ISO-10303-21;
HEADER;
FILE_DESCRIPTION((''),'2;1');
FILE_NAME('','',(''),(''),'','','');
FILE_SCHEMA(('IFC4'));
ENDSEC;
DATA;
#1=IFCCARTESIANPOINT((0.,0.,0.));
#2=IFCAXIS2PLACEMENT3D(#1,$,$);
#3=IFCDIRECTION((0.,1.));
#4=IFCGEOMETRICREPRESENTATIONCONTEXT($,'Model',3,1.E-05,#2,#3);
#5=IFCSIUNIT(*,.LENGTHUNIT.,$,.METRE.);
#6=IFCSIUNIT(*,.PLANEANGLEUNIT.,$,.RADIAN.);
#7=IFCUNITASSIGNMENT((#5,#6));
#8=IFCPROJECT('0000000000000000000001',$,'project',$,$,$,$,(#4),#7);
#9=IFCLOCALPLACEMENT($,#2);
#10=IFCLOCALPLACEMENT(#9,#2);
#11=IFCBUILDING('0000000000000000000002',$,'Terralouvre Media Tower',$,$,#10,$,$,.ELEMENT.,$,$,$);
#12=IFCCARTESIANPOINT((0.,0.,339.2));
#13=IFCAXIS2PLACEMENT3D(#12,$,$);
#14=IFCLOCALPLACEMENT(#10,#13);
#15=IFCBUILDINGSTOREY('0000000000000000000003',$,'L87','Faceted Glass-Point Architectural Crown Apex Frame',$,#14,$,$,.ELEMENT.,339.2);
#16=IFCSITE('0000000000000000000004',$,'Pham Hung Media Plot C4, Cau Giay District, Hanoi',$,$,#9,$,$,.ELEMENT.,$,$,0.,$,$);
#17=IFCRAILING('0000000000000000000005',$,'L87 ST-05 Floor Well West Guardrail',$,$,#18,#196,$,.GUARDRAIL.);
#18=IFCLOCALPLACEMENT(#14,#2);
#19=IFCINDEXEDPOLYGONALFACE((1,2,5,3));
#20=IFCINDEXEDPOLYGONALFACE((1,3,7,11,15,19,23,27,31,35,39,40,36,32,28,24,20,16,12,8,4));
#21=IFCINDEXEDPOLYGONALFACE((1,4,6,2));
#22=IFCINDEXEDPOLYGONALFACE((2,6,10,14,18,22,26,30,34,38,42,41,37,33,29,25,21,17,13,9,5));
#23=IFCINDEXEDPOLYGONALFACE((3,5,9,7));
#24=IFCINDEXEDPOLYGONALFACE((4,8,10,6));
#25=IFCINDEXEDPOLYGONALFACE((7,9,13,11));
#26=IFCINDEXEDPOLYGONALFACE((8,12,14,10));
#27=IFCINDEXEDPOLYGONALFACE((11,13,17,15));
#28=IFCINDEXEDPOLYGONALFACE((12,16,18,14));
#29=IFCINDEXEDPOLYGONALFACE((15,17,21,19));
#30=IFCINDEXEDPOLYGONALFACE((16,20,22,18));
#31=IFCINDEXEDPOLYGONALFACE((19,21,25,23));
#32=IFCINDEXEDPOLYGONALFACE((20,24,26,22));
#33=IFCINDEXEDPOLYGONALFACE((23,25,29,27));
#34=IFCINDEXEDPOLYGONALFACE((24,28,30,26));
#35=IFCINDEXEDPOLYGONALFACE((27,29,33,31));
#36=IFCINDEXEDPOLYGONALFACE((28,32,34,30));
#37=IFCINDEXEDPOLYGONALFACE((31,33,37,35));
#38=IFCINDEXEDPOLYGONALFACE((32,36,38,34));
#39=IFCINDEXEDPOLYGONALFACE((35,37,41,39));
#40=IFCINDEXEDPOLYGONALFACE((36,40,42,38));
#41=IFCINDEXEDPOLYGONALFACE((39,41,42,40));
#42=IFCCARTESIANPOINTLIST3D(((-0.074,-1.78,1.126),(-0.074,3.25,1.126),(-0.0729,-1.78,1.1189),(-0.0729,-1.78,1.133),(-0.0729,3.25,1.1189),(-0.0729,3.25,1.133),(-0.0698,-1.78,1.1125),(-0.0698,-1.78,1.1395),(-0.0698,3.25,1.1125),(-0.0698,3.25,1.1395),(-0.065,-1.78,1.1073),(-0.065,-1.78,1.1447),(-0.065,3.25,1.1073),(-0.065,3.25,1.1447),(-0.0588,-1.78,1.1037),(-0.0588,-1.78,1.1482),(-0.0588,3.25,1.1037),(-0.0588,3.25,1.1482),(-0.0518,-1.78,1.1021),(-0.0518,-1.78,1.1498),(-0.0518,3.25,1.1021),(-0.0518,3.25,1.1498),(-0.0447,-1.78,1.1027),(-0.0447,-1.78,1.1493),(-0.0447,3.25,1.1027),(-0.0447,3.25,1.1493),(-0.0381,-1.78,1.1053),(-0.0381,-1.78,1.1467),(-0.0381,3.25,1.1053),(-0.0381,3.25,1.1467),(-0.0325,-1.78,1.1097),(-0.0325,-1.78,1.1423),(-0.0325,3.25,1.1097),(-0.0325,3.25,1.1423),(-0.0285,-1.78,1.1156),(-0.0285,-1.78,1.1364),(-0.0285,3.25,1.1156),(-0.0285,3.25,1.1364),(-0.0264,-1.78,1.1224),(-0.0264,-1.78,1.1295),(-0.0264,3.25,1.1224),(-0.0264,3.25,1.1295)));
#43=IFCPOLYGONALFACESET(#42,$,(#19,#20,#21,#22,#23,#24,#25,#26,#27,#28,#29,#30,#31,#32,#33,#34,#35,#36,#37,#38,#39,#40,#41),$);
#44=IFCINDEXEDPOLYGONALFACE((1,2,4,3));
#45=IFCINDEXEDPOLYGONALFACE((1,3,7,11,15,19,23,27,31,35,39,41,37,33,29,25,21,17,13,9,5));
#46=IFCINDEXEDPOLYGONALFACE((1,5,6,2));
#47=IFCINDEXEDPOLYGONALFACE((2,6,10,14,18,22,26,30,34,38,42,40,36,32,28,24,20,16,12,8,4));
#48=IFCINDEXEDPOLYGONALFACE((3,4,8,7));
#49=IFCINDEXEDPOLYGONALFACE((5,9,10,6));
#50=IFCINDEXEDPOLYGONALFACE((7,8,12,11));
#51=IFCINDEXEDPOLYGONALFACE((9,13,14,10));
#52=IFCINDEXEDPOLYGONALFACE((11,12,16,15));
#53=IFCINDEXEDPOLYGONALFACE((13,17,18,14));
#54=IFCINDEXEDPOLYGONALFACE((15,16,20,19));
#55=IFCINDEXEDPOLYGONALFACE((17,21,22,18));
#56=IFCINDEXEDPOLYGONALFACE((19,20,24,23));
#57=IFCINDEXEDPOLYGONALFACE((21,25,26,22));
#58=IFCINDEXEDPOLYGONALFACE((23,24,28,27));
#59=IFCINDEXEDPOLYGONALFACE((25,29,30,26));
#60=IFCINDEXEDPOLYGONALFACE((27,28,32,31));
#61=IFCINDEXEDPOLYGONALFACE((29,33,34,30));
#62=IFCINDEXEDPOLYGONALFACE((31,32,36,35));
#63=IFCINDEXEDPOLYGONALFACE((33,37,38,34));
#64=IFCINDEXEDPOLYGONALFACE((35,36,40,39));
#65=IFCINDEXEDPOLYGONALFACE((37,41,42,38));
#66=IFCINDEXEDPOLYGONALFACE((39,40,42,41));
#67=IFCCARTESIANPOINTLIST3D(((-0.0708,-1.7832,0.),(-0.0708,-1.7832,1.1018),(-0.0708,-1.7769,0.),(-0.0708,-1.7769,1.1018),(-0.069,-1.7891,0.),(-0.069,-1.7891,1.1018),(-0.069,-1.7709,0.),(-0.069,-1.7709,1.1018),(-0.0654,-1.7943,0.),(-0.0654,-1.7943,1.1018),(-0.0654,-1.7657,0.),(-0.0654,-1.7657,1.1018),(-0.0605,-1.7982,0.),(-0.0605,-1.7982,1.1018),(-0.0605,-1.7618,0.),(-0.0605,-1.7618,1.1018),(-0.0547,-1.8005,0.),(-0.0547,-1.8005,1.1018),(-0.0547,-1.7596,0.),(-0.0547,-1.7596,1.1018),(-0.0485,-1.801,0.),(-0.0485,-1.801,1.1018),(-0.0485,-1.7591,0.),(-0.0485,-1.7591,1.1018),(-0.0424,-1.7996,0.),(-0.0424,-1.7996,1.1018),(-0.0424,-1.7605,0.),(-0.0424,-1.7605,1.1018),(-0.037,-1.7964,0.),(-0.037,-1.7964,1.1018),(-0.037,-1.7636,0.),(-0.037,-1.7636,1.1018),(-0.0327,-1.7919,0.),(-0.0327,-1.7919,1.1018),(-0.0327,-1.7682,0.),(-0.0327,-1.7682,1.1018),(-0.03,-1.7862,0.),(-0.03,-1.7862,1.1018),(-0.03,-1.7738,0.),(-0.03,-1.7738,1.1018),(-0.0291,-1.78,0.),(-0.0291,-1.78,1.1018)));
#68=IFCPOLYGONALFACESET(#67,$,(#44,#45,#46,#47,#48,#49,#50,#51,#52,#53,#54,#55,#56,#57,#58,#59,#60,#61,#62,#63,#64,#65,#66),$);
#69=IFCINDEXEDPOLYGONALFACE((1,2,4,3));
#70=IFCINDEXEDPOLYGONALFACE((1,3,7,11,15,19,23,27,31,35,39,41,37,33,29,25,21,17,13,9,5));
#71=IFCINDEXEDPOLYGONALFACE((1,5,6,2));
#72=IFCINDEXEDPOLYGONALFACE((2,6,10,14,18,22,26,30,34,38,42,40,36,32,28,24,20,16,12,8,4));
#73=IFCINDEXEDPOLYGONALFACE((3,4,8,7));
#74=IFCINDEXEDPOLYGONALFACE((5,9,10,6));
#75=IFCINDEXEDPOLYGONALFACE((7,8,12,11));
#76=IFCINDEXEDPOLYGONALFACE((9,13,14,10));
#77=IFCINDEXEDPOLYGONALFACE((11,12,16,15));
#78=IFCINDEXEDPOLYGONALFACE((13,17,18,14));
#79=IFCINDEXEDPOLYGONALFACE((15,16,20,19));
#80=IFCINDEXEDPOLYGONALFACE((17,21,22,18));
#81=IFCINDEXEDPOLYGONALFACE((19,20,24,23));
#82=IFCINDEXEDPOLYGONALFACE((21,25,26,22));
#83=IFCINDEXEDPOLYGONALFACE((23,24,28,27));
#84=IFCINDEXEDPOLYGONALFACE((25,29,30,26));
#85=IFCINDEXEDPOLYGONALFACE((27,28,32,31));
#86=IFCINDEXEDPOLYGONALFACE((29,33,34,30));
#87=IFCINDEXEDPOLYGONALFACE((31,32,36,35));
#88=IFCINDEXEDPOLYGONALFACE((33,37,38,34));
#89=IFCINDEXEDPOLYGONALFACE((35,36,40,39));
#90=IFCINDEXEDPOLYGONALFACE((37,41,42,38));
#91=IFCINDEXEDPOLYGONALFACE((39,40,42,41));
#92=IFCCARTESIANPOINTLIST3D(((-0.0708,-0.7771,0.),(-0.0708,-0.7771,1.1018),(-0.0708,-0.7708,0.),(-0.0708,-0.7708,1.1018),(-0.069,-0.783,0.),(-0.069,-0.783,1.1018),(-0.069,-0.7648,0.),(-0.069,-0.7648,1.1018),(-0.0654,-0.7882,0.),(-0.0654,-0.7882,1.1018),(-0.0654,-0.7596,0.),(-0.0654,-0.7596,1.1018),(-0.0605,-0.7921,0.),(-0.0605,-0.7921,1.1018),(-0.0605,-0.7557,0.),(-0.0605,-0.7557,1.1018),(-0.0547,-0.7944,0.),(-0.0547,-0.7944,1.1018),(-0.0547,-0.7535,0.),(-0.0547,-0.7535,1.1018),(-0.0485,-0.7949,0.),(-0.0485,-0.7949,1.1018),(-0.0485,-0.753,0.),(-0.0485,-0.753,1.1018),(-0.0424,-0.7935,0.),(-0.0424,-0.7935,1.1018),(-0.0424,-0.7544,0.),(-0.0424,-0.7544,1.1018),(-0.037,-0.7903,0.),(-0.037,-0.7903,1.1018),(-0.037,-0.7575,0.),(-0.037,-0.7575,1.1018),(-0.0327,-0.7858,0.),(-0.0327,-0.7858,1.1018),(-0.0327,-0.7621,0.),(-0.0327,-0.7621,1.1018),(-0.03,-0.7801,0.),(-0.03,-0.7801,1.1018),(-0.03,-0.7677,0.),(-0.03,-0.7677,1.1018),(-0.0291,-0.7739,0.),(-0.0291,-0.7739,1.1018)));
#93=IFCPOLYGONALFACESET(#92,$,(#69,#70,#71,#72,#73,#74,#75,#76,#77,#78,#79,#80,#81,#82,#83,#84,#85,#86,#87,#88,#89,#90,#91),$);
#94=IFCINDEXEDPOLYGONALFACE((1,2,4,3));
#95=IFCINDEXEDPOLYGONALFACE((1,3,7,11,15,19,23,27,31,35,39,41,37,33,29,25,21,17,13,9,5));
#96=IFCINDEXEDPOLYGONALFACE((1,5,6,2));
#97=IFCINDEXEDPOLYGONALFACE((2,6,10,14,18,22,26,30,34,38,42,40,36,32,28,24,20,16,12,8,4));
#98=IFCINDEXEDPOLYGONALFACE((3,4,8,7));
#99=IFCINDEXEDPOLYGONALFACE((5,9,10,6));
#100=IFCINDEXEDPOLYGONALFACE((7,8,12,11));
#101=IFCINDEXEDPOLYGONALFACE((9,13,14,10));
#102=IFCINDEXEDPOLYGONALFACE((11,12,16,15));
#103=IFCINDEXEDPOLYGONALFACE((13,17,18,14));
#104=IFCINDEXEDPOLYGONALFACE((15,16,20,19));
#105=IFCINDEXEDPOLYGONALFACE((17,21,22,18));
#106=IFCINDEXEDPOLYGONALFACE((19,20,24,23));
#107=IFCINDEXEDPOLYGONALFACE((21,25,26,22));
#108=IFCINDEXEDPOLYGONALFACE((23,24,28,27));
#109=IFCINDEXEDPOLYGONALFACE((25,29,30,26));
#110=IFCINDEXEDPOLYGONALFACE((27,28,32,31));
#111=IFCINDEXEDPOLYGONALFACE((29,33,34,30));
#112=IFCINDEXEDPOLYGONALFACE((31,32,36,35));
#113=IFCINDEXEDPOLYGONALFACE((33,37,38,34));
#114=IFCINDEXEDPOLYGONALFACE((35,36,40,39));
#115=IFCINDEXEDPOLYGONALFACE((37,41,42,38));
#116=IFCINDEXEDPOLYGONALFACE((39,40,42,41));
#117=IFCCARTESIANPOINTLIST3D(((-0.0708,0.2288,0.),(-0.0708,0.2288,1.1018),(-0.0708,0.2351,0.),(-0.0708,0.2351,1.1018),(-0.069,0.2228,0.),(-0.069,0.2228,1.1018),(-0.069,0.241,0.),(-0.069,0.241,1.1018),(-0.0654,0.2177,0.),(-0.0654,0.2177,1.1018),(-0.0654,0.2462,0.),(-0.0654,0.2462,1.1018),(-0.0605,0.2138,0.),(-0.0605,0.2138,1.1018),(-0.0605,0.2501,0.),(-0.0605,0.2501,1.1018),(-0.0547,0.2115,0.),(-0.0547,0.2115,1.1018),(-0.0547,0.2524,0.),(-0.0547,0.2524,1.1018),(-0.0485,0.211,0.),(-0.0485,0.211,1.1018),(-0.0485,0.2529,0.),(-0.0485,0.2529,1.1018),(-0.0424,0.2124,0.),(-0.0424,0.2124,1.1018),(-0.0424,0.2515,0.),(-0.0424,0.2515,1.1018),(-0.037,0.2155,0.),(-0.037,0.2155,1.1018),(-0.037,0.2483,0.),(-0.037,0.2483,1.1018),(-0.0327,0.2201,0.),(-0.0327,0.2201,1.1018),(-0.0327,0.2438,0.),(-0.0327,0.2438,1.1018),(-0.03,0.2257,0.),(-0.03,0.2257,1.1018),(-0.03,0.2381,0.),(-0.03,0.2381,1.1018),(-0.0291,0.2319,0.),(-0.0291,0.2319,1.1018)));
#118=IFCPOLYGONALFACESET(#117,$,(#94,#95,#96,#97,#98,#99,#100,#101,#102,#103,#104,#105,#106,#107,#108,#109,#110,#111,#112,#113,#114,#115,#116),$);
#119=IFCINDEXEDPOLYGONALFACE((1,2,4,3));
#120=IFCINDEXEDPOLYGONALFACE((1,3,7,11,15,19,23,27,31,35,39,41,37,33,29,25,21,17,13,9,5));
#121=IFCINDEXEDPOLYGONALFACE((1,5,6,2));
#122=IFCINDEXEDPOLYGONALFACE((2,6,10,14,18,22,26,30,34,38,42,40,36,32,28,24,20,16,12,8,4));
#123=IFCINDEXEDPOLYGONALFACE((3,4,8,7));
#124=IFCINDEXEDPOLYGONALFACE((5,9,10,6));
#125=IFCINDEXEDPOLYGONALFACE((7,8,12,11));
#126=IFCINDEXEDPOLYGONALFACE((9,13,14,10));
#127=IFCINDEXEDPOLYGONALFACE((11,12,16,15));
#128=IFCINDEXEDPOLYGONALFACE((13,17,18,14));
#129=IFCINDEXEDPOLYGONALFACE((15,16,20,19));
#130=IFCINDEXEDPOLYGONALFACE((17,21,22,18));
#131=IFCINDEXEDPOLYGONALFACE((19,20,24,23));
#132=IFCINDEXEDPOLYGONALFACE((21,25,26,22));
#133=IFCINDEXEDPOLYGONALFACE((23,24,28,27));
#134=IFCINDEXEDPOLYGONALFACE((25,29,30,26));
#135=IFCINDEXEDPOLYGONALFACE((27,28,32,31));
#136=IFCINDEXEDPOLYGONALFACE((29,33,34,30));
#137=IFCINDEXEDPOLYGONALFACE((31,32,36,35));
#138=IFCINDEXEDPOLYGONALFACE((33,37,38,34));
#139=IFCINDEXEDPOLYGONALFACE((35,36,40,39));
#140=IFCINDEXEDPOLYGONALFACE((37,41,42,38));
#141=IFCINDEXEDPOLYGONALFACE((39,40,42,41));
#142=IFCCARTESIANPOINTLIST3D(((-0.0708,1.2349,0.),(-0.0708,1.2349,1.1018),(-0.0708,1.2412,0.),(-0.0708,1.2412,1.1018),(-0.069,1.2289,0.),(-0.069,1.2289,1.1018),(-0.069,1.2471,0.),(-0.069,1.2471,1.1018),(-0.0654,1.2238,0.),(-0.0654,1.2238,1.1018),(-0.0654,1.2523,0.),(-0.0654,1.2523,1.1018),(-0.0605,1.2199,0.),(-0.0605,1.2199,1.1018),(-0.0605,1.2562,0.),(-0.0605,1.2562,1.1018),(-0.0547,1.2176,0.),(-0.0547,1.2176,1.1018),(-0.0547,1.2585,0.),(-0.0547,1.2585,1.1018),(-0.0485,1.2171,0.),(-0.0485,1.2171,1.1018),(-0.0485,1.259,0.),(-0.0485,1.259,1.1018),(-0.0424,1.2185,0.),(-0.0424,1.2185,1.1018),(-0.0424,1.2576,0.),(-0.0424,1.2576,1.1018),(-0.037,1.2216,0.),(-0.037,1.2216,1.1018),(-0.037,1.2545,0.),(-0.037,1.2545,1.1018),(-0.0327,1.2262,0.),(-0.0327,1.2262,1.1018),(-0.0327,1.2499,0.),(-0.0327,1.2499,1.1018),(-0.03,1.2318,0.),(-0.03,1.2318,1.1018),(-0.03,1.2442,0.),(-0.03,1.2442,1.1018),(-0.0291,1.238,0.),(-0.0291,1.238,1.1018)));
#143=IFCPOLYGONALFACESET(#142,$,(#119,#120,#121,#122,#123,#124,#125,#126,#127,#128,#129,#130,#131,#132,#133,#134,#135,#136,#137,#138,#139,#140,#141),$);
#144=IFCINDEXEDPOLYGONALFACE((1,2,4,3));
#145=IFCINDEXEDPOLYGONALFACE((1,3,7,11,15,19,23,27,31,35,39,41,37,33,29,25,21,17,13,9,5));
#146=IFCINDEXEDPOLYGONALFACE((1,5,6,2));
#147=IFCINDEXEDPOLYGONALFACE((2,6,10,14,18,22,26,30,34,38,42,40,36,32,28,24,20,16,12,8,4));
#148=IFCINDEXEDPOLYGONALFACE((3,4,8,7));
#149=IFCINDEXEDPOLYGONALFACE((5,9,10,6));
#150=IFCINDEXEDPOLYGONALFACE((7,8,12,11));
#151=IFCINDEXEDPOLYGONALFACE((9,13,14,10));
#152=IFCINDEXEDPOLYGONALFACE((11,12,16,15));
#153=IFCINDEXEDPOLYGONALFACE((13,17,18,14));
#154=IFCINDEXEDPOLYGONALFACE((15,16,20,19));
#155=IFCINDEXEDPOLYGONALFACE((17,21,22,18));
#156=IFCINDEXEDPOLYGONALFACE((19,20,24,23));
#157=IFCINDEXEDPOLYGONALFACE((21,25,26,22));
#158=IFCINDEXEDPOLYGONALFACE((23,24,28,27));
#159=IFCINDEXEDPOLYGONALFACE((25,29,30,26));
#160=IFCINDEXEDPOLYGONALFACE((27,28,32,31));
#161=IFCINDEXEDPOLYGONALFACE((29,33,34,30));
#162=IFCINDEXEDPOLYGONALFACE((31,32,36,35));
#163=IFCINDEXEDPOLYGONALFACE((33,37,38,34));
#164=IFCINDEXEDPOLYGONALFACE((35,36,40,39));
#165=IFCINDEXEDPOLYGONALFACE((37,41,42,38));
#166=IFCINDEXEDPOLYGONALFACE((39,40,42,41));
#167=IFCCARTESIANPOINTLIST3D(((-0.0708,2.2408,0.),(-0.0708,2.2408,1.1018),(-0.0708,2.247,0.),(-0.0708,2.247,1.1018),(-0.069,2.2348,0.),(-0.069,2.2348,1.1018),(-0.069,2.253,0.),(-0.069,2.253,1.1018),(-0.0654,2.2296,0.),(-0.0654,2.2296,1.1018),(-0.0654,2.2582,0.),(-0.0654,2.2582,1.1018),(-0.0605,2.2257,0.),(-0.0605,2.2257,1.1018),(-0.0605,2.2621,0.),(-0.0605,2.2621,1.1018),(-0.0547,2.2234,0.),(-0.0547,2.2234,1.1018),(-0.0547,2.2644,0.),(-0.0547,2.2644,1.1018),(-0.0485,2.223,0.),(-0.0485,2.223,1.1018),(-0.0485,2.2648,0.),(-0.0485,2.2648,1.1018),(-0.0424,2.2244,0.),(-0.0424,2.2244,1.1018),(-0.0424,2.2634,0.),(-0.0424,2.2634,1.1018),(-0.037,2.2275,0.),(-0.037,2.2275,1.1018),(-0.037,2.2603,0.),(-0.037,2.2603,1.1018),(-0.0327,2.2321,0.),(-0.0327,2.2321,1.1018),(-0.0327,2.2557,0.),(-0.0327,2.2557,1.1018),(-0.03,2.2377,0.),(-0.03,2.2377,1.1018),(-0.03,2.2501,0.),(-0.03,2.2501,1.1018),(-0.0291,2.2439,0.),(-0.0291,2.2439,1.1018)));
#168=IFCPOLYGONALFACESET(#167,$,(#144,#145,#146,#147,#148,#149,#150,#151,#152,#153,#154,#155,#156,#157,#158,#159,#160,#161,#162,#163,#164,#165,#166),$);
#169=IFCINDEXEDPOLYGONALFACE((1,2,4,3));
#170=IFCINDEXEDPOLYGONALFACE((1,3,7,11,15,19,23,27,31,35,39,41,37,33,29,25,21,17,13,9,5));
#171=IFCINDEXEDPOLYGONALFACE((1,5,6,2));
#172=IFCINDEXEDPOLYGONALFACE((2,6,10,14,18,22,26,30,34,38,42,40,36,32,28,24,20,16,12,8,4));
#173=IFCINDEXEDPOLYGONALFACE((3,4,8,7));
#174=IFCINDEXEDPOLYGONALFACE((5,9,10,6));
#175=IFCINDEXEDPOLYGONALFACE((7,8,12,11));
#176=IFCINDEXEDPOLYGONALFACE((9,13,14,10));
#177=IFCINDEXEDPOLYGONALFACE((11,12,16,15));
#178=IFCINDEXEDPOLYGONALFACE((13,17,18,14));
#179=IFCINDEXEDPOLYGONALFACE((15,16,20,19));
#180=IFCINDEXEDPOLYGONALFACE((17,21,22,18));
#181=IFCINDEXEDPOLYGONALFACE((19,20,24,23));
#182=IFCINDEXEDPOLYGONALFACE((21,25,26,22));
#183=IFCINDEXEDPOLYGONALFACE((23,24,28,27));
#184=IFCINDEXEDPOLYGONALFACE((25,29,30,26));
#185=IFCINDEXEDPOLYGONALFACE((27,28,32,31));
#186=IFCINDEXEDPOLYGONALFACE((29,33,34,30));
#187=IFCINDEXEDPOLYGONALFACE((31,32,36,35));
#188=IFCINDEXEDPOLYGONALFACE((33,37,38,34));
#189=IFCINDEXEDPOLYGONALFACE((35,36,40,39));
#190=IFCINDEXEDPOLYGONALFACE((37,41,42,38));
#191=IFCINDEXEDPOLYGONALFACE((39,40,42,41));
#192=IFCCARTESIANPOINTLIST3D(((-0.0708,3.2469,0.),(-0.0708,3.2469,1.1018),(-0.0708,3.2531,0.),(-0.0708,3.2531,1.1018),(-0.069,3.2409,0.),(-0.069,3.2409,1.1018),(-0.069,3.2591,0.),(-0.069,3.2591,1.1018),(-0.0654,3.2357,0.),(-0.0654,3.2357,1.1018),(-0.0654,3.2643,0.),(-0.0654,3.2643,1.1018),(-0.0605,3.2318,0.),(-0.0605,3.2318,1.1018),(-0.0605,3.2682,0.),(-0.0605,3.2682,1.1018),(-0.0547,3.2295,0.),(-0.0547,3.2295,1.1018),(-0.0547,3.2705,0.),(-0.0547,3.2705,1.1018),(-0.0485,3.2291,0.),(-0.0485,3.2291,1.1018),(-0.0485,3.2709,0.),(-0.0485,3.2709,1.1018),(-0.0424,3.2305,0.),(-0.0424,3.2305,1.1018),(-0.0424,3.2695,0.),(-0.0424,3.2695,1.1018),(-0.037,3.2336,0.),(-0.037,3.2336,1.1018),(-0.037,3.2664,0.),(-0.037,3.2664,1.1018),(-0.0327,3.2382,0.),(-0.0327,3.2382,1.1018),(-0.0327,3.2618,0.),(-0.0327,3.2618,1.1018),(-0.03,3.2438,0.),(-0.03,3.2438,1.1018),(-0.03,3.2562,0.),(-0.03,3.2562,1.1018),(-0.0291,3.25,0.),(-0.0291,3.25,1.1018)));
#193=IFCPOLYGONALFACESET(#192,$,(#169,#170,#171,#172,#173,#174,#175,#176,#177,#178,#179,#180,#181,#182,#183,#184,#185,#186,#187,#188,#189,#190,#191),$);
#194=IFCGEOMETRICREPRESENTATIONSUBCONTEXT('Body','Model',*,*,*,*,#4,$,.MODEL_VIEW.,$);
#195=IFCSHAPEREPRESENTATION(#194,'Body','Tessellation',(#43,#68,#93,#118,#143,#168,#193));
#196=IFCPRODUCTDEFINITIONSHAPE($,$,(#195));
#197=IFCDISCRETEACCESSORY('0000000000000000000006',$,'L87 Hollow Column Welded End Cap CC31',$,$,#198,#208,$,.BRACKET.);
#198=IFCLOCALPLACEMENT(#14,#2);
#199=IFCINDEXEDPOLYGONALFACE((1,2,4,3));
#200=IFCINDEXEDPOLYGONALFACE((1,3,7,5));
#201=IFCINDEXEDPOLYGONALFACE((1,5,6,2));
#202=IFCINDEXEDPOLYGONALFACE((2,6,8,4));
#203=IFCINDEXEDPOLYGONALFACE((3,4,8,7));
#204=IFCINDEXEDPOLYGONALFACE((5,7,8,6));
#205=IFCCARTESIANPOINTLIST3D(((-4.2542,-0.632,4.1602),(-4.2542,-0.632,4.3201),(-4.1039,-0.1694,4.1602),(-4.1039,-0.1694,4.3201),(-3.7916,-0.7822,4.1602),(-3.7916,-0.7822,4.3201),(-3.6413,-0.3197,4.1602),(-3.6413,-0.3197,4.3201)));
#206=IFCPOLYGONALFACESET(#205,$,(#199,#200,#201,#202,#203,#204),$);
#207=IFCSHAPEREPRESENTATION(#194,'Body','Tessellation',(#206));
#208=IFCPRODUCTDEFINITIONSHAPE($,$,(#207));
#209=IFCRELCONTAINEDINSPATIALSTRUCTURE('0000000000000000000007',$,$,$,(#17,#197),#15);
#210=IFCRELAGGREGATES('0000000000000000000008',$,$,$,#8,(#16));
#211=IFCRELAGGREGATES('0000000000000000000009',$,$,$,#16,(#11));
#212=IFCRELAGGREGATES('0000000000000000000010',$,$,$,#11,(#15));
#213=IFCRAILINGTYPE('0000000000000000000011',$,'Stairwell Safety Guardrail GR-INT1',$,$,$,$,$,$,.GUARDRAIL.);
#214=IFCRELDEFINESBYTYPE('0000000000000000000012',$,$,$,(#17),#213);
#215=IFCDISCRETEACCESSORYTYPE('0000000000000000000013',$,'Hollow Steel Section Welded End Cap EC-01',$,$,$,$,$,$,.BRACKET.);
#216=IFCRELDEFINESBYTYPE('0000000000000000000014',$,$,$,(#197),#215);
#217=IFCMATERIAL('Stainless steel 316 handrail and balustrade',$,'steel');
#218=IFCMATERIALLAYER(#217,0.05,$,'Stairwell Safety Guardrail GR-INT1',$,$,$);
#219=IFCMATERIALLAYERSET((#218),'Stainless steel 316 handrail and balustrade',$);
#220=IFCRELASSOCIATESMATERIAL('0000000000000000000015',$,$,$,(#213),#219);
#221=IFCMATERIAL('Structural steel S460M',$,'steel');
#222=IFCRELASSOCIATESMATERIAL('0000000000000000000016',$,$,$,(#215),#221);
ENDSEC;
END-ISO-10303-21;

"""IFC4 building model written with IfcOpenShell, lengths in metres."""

from ifc_helpers import new_model, si_unit, direction, frame, origin, origin_2d, place, context, subcontext, project, spatial, rectangle, circle, extrude, material, layer, layer_set, type_object, element, save


model = new_model("IFC4")

# Units and contexts
model_context = context("Model", 3, precision=1e-05, world=origin(), true_north=direction((0.0, 1.0)))
body_context = subcontext(model_context, "Body", "Model", "MODEL_VIEW")
ifc_project = project(units=[si_unit("LENGTHUNIT", "METRE"), si_unit("PLANEANGLEUNIT", "RADIAN")], contexts=[model_context])

# Site, building, storey
site_placement = place(None, origin())
site = spatial("IfcSite", under=ifc_project, at=site_placement, Name="Pham Hung Media Plot C4, Cau Giay District, Hanoi", CompositionType="ELEMENT", RefElevation=0.0)
building_placement = place(site_placement, origin())
building = spatial("IfcBuilding", under=site, at=building_placement, Name="Terralouvre Media Tower", CompositionType="ELEMENT")
storey_placement = place(building_placement, frame((0.0, 0.0, 339.2)))
storey = spatial("IfcBuildingStorey", under=building, at=storey_placement, Name="L87", Description="Faceted Glass-Point Architectural Crown Apex Frame", CompositionType="ELEMENT", Elevation=339.2)

# Railing
ifc_material_1 = material(Name="Stainless steel 316 handrail and balustrade", Category="steel")
ifc_layer_1 = layer(ifc_material_1, 0.05, Name="Stairwell Safety Guardrail GR-INT1")
ifc_layer_set_1 = layer_set([ifc_layer_1], Name="Stainless steel 316 handrail and balustrade")
railing_type = type_object("IfcRailingType", Name="Stairwell Safety Guardrail GR-INT1", PredefinedType="GUARDRAIL", material=ifc_layer_set_1)
railing_placement = place(storey_placement, frame((-0.05, -1.78, 0.0)))
element("IfcRailing", 1, at=railing_placement, inside=storey, type_object=railing_type, Name="L87 ST-05 Floor Well West Guardrail", PredefinedType="GUARDRAIL", context=body_context, shape_type="SweptSolid", body=[
    extrude(circle(Radius=0.0239, at=origin_2d()), frame((0.0, 0.0, 1.126), z_axis=(0.0, 1.0, 0.0), x_axis=(-1.0, 0.0, 0.0)), (0.0, 0.0, 1.0), 5.03),
    extrude(circle(Radius=0.021, at=origin_2d()), origin(), (0.0, 0.0, 1.0), 1.1018),
    extrude(circle(Radius=0.021, at=origin_2d()), frame((0.0, 1.0061, 0.0)), (0.0, 0.0, 1.0), 1.1018),
    extrude(circle(Radius=0.021, at=origin_2d()), frame((0.0, 2.012, 0.0)), (0.0, 0.0, 1.0), 1.1018),
    extrude(circle(Radius=0.021, at=origin_2d()), frame((0.0, 3.0181, 0.0)), (0.0, 0.0, 1.0), 1.1018),
    extrude(circle(Radius=0.021, at=origin_2d()), frame((0.0, 4.0239, 0.0)), (0.0, 0.0, 1.0), 1.1018),
    extrude(circle(Radius=0.021, at=origin_2d()), frame((0.0, 5.03, 0.0)), (0.0, 0.0, 1.0), 1.1018),
])

# Discrete accessory
ifc_material_2 = material(Name="Structural steel S460M", Category="steel")
discrete_accessory_type_1 = type_object("IfcDiscreteAccessoryType", Name="Hollow Steel Section Welded End Cap EC-01", PredefinedType="BRACKET", material=ifc_material_2)
for number, where, z_axis, x_axis, name in (
    (2, (-3.9478, -0.4758, 4.1602), (0.0, 0.0, 1.0), (0.309017, 0.951057, 0.0), "L87 Hollow Column Welded End Cap CC31"),
):
    element("IfcDiscreteAccessory", number, at=place(storey_placement, frame(where, z_axis=z_axis, x_axis=x_axis)), inside=storey, type_object=discrete_accessory_type_1, Name=name, PredefinedType="BRACKET", context=body_context, shape_type="SweptSolid", body=[
        extrude(rectangle(XDim=0.4863, YDim=0.4863, at=origin_2d()), origin(), (0.0, 0.0, 1.0), 0.1599),
    ])

save(model, "model.ifc")
